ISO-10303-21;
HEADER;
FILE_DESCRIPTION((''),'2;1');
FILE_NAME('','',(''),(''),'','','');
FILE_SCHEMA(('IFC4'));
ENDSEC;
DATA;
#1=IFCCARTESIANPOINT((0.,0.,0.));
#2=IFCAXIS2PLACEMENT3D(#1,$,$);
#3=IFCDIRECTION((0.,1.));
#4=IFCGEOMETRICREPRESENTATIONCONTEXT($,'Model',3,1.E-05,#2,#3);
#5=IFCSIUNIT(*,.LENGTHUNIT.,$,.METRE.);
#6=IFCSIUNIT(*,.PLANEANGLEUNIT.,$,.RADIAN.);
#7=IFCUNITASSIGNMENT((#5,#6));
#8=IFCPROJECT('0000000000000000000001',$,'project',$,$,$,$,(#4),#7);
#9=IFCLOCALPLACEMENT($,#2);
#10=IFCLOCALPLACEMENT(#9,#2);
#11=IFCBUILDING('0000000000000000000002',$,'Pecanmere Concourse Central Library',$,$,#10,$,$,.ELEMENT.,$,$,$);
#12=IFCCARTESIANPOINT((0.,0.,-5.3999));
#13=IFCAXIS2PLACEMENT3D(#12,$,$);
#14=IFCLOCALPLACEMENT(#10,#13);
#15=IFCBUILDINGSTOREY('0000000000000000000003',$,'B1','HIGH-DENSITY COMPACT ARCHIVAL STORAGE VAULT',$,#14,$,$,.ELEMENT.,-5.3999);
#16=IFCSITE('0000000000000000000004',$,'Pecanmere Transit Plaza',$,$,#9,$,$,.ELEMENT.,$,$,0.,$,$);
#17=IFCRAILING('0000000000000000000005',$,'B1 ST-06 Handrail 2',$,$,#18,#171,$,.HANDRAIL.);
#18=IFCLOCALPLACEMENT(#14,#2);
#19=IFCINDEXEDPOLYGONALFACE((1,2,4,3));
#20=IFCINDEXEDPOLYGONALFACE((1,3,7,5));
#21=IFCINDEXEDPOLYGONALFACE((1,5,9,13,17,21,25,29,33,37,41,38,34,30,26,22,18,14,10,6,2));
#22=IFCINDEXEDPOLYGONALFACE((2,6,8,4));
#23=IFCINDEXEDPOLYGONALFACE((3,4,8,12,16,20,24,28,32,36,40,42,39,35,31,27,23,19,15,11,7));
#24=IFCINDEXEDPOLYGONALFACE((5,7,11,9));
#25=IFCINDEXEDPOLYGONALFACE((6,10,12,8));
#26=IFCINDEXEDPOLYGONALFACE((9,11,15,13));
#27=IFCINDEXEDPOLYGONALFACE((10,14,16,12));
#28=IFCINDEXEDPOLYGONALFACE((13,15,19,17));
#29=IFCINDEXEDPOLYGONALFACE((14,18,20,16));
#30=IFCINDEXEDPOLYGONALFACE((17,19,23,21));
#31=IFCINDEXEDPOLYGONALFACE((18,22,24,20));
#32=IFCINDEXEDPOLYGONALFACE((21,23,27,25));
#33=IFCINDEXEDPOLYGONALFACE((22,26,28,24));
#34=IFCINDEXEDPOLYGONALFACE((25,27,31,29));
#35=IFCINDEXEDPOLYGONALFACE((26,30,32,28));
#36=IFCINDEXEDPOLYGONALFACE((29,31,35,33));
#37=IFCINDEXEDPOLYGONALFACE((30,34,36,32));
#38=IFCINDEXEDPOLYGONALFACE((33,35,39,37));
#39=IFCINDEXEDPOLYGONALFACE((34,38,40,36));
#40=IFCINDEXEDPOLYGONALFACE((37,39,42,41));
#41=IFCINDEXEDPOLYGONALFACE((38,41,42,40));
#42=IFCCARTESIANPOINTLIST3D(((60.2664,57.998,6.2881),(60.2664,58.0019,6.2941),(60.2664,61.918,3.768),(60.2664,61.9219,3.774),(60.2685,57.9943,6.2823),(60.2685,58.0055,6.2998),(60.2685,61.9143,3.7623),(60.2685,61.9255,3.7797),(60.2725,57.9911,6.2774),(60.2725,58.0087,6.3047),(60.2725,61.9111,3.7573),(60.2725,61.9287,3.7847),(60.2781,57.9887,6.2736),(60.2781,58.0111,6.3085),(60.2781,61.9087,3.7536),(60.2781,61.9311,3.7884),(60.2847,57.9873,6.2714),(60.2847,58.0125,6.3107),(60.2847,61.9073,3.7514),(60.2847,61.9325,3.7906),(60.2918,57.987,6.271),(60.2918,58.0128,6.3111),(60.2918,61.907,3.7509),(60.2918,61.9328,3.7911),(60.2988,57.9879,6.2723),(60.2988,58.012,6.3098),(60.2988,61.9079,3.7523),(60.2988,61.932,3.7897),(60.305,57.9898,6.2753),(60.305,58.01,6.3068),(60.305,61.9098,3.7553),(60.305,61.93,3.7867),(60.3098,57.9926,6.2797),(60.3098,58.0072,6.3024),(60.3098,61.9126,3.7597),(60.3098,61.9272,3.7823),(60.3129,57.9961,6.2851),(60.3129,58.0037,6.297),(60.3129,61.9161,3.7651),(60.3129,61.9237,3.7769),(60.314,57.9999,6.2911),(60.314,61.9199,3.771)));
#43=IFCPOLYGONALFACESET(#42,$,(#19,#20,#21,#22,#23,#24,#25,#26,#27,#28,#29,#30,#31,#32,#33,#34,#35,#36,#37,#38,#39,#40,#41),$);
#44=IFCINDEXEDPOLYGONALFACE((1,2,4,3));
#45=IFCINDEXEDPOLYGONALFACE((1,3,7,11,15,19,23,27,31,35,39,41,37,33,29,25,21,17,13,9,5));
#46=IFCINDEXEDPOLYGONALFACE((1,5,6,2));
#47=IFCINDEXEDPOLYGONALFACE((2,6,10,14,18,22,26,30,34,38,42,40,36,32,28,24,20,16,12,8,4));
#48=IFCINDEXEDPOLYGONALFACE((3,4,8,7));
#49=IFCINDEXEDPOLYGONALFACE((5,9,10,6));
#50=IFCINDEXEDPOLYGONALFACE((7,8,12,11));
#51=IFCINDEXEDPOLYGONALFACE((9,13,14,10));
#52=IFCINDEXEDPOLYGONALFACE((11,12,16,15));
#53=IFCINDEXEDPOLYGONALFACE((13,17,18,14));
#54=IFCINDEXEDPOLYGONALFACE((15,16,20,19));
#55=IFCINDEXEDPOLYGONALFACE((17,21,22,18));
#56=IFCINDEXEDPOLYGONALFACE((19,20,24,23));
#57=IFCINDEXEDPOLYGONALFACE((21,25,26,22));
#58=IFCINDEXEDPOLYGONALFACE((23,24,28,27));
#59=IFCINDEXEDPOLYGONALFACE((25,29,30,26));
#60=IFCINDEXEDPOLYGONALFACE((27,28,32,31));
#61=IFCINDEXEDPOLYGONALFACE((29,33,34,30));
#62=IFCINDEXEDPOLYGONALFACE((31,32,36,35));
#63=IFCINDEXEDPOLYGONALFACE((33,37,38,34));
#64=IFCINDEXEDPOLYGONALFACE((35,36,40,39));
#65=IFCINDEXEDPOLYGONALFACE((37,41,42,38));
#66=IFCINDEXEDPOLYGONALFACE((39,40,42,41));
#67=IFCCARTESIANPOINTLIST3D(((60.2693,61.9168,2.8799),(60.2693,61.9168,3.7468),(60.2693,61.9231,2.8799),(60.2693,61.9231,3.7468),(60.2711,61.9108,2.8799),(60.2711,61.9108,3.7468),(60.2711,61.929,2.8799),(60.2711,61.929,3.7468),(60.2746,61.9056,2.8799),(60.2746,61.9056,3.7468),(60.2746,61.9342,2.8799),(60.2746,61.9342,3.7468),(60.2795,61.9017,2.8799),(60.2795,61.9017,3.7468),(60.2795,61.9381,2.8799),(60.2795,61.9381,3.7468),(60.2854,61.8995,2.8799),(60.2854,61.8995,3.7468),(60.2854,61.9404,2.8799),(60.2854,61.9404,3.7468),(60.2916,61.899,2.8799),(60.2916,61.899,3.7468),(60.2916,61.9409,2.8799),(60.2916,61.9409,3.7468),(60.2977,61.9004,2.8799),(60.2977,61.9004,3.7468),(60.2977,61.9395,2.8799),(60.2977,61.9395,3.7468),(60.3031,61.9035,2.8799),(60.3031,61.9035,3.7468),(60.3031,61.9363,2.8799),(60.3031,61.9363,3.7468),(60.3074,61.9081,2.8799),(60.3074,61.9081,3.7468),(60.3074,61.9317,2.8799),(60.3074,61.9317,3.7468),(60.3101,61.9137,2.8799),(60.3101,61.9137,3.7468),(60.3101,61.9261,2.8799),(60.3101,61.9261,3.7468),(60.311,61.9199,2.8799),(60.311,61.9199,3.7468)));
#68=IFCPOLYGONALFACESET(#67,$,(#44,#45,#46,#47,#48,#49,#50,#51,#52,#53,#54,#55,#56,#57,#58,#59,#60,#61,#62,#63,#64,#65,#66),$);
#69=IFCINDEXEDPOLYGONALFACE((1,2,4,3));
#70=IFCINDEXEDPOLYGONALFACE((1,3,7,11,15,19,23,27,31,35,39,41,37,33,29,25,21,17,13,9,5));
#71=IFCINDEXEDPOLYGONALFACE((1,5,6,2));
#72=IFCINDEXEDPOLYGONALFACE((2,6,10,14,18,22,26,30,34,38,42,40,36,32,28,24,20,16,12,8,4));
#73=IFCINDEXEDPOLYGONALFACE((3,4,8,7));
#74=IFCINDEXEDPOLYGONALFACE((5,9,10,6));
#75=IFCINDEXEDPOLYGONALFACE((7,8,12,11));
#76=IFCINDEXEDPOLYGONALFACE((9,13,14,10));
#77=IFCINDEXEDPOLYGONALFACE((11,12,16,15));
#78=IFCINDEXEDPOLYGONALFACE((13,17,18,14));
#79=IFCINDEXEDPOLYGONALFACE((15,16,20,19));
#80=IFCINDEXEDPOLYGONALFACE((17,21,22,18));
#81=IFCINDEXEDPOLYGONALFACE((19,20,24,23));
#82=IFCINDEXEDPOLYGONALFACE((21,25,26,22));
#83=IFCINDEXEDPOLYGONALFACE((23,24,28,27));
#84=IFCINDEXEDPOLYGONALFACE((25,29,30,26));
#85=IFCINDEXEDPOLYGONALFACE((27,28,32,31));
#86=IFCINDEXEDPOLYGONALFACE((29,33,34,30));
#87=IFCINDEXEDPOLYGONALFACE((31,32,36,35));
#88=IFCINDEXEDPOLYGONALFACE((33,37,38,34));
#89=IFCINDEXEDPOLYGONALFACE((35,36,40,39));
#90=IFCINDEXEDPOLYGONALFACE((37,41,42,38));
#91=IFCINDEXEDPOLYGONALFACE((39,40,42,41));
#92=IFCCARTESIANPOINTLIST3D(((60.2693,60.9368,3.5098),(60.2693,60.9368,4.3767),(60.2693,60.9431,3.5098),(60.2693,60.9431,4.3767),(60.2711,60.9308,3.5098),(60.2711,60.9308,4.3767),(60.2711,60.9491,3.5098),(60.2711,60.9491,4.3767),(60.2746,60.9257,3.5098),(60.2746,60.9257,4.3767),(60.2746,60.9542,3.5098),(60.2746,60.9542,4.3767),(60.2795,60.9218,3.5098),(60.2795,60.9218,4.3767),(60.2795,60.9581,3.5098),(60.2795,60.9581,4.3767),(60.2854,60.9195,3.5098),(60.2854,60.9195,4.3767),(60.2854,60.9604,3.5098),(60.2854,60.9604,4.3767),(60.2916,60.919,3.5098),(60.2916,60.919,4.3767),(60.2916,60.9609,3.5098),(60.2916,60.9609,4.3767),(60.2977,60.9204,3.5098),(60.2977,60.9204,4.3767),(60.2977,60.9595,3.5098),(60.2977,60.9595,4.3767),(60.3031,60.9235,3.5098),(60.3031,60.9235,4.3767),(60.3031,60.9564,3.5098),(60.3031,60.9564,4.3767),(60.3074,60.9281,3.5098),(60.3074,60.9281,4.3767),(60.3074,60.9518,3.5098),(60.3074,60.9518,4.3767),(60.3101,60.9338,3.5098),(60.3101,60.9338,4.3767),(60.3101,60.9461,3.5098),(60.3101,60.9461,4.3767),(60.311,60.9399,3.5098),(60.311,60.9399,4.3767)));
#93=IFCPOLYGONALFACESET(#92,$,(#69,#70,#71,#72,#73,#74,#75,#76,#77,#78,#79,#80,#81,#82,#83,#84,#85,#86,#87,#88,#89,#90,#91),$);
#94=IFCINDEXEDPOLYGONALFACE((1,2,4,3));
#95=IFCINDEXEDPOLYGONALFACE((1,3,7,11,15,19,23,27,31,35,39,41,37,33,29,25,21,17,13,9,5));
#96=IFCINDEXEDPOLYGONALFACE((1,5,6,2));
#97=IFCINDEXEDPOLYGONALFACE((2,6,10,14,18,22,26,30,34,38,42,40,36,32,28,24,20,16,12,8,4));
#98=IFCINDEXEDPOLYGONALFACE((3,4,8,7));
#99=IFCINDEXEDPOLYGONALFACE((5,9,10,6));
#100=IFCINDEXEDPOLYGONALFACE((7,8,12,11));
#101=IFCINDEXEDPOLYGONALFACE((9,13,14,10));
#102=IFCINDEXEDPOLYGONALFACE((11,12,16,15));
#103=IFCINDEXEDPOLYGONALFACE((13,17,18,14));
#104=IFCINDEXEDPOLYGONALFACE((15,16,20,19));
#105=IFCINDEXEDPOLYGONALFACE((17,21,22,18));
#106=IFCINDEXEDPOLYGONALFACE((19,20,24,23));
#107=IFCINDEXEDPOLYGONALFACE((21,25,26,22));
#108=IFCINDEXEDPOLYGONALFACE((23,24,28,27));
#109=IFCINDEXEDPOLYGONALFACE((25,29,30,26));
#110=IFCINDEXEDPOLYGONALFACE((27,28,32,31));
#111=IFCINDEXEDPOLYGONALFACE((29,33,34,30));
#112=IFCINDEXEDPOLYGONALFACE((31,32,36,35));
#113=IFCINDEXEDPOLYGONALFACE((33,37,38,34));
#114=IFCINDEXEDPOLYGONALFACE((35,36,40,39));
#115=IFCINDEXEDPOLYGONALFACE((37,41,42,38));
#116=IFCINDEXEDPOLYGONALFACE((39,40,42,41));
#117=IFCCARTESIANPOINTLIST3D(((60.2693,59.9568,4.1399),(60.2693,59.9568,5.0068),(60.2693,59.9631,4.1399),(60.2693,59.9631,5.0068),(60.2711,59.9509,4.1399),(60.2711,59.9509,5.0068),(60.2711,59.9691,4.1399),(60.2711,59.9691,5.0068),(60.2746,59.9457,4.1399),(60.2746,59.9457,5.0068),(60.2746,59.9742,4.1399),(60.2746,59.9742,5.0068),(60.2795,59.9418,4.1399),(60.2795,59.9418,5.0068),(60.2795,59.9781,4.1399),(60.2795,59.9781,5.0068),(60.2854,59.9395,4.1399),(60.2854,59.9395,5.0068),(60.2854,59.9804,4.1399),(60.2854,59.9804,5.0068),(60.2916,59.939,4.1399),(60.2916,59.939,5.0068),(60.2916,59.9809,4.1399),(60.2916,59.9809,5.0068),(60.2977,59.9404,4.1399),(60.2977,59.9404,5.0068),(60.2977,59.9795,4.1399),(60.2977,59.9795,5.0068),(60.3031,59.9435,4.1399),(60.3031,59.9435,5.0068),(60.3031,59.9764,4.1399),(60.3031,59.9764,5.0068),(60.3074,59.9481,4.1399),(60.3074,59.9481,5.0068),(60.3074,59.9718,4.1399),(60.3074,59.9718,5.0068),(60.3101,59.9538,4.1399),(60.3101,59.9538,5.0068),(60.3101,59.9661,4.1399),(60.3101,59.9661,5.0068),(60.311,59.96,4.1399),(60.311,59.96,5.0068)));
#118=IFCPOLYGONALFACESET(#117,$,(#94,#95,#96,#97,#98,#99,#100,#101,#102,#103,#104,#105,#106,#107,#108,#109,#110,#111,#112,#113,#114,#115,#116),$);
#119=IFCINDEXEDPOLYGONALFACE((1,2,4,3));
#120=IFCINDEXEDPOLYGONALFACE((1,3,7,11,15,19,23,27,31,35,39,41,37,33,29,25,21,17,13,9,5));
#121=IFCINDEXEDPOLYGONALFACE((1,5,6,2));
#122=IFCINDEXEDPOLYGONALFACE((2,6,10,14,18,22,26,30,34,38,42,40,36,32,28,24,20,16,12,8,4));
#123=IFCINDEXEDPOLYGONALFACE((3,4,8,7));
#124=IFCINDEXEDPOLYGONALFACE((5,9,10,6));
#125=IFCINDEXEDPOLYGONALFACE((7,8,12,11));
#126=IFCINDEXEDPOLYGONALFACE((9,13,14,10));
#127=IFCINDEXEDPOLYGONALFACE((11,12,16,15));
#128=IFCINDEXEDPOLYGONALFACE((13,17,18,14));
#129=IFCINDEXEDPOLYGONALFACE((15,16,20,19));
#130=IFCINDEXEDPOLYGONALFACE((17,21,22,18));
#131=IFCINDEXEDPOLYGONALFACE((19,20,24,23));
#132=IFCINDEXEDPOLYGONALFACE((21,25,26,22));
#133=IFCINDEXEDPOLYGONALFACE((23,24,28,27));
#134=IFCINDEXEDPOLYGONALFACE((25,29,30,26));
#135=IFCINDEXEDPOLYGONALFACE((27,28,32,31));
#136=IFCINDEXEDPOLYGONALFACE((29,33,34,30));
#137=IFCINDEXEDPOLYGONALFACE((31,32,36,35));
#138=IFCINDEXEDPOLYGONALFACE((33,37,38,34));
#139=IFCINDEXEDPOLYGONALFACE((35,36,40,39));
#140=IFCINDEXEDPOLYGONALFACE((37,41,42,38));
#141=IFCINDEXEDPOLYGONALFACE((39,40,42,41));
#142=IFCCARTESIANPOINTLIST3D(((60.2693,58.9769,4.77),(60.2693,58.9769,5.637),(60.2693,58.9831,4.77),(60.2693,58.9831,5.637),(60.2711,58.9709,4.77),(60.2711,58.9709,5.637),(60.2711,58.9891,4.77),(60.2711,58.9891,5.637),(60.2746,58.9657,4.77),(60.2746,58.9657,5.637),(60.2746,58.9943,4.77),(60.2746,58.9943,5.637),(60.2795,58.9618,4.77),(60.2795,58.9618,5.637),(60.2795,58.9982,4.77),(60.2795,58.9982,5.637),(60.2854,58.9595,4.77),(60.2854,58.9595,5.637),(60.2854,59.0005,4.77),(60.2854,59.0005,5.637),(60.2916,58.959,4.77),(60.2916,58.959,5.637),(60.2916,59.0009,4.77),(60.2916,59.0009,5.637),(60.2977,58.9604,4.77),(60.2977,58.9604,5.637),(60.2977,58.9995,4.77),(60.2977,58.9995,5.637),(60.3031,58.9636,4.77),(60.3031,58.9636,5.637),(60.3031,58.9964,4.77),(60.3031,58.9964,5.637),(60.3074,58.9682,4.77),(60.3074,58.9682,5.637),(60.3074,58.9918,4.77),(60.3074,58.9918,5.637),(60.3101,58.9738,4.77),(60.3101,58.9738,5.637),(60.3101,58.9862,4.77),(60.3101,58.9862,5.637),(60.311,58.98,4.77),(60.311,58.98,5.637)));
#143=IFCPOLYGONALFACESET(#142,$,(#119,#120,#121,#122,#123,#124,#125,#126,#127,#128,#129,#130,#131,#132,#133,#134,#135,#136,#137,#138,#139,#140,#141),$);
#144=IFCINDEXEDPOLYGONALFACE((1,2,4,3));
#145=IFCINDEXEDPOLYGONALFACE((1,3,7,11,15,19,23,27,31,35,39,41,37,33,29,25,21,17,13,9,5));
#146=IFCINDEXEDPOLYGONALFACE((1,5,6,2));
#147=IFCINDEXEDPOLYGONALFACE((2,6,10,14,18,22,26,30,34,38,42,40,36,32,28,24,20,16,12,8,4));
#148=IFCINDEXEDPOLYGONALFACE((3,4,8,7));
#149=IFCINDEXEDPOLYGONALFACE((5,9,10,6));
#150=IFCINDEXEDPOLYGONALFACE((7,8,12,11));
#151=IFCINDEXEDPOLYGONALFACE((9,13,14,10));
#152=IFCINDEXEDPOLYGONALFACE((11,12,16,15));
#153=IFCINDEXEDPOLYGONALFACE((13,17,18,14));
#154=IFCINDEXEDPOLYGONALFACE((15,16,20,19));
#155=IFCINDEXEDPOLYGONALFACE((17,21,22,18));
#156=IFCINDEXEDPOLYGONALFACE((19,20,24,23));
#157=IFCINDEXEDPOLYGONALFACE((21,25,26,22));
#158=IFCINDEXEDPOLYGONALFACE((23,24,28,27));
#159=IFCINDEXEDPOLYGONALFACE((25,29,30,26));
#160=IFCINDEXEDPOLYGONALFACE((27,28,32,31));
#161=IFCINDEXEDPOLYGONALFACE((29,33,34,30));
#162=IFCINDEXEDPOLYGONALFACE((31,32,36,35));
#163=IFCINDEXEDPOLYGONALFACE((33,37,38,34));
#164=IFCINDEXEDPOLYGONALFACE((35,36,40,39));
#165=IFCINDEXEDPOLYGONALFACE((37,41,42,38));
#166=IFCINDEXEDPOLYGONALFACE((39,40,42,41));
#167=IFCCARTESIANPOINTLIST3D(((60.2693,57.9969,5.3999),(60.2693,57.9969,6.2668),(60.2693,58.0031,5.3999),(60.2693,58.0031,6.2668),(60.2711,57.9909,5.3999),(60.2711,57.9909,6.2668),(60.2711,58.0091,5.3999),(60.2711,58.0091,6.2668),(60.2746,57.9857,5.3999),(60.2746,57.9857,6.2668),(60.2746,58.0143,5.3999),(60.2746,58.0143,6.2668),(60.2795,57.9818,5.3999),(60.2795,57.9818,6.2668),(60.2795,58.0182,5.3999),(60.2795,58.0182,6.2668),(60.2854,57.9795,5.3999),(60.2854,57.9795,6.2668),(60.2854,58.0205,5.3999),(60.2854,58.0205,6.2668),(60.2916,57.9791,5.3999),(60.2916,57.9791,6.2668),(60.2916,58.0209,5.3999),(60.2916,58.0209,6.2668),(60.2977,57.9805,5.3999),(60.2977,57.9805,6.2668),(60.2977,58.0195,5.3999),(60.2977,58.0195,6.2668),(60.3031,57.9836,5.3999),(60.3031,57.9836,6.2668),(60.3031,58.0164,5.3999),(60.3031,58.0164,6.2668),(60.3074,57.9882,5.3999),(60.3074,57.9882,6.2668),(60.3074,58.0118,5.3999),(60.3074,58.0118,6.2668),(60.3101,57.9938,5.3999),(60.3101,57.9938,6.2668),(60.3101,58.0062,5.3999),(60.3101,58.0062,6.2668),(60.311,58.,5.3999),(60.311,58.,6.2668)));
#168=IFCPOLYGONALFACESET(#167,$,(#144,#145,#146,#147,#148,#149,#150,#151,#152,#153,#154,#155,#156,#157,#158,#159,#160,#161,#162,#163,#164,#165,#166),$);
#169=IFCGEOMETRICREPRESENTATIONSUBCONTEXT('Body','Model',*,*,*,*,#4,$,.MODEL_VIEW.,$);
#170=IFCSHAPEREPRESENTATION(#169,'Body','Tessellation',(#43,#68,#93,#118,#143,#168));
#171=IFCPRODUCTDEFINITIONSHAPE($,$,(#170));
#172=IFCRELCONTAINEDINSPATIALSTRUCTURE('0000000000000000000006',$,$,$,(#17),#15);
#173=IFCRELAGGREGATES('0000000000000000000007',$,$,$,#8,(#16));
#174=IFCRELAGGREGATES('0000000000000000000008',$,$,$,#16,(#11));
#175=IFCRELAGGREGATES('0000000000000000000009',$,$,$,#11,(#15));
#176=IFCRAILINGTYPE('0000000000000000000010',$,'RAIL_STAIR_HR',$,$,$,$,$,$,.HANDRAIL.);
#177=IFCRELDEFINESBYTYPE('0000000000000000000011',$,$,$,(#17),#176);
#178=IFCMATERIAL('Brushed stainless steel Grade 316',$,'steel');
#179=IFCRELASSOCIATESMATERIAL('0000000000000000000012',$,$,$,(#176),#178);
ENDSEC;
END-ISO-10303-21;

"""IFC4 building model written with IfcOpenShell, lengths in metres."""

from ifc_helpers import new_model, si_unit, direction, frame, origin, origin_2d, place, context, subcontext, project, spatial, circle, extrude, material, type_object, element, save


model = new_model("IFC4")

# Units and contexts
model_context = context("Model", 3, precision=1e-05, world=origin(), true_north=direction((0.0, 1.0)))
body_context = subcontext(model_context, "Body", "Model", "MODEL_VIEW")
ifc_project = project(units=[si_unit("LENGTHUNIT", "METRE"), si_unit("PLANEANGLEUNIT", "RADIAN")], contexts=[model_context])

# Site, building, storey
site_placement = place(None, origin())
site = spatial("IfcSite", under=ifc_project, at=site_placement, Name="Pecanmere Transit Plaza", CompositionType="ELEMENT", RefElevation=0.0)
building_placement = place(site_placement, origin())
building = spatial("IfcBuilding", under=site, at=building_placement, Name="Pecanmere Concourse Central Library", CompositionType="ELEMENT")
storey_placement = place(building_placement, frame((0.0, 0.0, -5.3999)))
storey = spatial("IfcBuildingStorey", under=building, at=storey_placement, Name="B1", Description="HIGH-DENSITY COMPACT ARCHIVAL STORAGE VAULT", CompositionType="ELEMENT", Elevation=-5.3999)

# Railing
ifc_material_1 = material(Name="Brushed stainless steel Grade 316", Category="steel")
railing_type_1 = type_object("IfcRailingType", Name="RAIL_STAIR_HR", PredefinedType="HANDRAIL", material=ifc_material_1)
railing_1_placement = place(storey_placement, frame((60.29, 61.9199, 2.8799)))
element("IfcRailing", 1, at=railing_1_placement, inside=storey, type_object=railing_type_1, Name="B1 ST-06 Handrail 2", PredefinedType="HANDRAIL", context=body_context, shape_type="SweptSolid", body=[
    extrude(circle(Radius=0.0239, at=origin_2d()), frame((0.0, 0.0, 0.8911), z_axis=(0.0, -0.841172, 0.540768), x_axis=(1.0, 0.0, 0.0)), (0.0, 0.0, 1.0), 4.6602),
    extrude(circle(Radius=0.021, at=origin_2d()), origin(), (0.0, 0.0, 1.0), 0.8669),
    extrude(circle(Radius=0.021, at=origin_2d()), frame((0.0, -0.98, 0.6299)), (0.0, 0.0, 1.0), 0.8669),
    extrude(circle(Radius=0.021, at=origin_2d()), frame((0.0, -1.96, 1.26)), (0.0, 0.0, 1.0), 0.8669),
    extrude(circle(Radius=0.021, at=origin_2d()), frame((0.0, -2.9399, 1.8901)), (0.0, 0.0, 1.0), 0.8669),
    extrude(circle(Radius=0.021, at=origin_2d()), frame((0.0, -3.9199, 2.52)), (0.0, 0.0, 1.0), 0.8669),
])

save(model, "model.ifc")
